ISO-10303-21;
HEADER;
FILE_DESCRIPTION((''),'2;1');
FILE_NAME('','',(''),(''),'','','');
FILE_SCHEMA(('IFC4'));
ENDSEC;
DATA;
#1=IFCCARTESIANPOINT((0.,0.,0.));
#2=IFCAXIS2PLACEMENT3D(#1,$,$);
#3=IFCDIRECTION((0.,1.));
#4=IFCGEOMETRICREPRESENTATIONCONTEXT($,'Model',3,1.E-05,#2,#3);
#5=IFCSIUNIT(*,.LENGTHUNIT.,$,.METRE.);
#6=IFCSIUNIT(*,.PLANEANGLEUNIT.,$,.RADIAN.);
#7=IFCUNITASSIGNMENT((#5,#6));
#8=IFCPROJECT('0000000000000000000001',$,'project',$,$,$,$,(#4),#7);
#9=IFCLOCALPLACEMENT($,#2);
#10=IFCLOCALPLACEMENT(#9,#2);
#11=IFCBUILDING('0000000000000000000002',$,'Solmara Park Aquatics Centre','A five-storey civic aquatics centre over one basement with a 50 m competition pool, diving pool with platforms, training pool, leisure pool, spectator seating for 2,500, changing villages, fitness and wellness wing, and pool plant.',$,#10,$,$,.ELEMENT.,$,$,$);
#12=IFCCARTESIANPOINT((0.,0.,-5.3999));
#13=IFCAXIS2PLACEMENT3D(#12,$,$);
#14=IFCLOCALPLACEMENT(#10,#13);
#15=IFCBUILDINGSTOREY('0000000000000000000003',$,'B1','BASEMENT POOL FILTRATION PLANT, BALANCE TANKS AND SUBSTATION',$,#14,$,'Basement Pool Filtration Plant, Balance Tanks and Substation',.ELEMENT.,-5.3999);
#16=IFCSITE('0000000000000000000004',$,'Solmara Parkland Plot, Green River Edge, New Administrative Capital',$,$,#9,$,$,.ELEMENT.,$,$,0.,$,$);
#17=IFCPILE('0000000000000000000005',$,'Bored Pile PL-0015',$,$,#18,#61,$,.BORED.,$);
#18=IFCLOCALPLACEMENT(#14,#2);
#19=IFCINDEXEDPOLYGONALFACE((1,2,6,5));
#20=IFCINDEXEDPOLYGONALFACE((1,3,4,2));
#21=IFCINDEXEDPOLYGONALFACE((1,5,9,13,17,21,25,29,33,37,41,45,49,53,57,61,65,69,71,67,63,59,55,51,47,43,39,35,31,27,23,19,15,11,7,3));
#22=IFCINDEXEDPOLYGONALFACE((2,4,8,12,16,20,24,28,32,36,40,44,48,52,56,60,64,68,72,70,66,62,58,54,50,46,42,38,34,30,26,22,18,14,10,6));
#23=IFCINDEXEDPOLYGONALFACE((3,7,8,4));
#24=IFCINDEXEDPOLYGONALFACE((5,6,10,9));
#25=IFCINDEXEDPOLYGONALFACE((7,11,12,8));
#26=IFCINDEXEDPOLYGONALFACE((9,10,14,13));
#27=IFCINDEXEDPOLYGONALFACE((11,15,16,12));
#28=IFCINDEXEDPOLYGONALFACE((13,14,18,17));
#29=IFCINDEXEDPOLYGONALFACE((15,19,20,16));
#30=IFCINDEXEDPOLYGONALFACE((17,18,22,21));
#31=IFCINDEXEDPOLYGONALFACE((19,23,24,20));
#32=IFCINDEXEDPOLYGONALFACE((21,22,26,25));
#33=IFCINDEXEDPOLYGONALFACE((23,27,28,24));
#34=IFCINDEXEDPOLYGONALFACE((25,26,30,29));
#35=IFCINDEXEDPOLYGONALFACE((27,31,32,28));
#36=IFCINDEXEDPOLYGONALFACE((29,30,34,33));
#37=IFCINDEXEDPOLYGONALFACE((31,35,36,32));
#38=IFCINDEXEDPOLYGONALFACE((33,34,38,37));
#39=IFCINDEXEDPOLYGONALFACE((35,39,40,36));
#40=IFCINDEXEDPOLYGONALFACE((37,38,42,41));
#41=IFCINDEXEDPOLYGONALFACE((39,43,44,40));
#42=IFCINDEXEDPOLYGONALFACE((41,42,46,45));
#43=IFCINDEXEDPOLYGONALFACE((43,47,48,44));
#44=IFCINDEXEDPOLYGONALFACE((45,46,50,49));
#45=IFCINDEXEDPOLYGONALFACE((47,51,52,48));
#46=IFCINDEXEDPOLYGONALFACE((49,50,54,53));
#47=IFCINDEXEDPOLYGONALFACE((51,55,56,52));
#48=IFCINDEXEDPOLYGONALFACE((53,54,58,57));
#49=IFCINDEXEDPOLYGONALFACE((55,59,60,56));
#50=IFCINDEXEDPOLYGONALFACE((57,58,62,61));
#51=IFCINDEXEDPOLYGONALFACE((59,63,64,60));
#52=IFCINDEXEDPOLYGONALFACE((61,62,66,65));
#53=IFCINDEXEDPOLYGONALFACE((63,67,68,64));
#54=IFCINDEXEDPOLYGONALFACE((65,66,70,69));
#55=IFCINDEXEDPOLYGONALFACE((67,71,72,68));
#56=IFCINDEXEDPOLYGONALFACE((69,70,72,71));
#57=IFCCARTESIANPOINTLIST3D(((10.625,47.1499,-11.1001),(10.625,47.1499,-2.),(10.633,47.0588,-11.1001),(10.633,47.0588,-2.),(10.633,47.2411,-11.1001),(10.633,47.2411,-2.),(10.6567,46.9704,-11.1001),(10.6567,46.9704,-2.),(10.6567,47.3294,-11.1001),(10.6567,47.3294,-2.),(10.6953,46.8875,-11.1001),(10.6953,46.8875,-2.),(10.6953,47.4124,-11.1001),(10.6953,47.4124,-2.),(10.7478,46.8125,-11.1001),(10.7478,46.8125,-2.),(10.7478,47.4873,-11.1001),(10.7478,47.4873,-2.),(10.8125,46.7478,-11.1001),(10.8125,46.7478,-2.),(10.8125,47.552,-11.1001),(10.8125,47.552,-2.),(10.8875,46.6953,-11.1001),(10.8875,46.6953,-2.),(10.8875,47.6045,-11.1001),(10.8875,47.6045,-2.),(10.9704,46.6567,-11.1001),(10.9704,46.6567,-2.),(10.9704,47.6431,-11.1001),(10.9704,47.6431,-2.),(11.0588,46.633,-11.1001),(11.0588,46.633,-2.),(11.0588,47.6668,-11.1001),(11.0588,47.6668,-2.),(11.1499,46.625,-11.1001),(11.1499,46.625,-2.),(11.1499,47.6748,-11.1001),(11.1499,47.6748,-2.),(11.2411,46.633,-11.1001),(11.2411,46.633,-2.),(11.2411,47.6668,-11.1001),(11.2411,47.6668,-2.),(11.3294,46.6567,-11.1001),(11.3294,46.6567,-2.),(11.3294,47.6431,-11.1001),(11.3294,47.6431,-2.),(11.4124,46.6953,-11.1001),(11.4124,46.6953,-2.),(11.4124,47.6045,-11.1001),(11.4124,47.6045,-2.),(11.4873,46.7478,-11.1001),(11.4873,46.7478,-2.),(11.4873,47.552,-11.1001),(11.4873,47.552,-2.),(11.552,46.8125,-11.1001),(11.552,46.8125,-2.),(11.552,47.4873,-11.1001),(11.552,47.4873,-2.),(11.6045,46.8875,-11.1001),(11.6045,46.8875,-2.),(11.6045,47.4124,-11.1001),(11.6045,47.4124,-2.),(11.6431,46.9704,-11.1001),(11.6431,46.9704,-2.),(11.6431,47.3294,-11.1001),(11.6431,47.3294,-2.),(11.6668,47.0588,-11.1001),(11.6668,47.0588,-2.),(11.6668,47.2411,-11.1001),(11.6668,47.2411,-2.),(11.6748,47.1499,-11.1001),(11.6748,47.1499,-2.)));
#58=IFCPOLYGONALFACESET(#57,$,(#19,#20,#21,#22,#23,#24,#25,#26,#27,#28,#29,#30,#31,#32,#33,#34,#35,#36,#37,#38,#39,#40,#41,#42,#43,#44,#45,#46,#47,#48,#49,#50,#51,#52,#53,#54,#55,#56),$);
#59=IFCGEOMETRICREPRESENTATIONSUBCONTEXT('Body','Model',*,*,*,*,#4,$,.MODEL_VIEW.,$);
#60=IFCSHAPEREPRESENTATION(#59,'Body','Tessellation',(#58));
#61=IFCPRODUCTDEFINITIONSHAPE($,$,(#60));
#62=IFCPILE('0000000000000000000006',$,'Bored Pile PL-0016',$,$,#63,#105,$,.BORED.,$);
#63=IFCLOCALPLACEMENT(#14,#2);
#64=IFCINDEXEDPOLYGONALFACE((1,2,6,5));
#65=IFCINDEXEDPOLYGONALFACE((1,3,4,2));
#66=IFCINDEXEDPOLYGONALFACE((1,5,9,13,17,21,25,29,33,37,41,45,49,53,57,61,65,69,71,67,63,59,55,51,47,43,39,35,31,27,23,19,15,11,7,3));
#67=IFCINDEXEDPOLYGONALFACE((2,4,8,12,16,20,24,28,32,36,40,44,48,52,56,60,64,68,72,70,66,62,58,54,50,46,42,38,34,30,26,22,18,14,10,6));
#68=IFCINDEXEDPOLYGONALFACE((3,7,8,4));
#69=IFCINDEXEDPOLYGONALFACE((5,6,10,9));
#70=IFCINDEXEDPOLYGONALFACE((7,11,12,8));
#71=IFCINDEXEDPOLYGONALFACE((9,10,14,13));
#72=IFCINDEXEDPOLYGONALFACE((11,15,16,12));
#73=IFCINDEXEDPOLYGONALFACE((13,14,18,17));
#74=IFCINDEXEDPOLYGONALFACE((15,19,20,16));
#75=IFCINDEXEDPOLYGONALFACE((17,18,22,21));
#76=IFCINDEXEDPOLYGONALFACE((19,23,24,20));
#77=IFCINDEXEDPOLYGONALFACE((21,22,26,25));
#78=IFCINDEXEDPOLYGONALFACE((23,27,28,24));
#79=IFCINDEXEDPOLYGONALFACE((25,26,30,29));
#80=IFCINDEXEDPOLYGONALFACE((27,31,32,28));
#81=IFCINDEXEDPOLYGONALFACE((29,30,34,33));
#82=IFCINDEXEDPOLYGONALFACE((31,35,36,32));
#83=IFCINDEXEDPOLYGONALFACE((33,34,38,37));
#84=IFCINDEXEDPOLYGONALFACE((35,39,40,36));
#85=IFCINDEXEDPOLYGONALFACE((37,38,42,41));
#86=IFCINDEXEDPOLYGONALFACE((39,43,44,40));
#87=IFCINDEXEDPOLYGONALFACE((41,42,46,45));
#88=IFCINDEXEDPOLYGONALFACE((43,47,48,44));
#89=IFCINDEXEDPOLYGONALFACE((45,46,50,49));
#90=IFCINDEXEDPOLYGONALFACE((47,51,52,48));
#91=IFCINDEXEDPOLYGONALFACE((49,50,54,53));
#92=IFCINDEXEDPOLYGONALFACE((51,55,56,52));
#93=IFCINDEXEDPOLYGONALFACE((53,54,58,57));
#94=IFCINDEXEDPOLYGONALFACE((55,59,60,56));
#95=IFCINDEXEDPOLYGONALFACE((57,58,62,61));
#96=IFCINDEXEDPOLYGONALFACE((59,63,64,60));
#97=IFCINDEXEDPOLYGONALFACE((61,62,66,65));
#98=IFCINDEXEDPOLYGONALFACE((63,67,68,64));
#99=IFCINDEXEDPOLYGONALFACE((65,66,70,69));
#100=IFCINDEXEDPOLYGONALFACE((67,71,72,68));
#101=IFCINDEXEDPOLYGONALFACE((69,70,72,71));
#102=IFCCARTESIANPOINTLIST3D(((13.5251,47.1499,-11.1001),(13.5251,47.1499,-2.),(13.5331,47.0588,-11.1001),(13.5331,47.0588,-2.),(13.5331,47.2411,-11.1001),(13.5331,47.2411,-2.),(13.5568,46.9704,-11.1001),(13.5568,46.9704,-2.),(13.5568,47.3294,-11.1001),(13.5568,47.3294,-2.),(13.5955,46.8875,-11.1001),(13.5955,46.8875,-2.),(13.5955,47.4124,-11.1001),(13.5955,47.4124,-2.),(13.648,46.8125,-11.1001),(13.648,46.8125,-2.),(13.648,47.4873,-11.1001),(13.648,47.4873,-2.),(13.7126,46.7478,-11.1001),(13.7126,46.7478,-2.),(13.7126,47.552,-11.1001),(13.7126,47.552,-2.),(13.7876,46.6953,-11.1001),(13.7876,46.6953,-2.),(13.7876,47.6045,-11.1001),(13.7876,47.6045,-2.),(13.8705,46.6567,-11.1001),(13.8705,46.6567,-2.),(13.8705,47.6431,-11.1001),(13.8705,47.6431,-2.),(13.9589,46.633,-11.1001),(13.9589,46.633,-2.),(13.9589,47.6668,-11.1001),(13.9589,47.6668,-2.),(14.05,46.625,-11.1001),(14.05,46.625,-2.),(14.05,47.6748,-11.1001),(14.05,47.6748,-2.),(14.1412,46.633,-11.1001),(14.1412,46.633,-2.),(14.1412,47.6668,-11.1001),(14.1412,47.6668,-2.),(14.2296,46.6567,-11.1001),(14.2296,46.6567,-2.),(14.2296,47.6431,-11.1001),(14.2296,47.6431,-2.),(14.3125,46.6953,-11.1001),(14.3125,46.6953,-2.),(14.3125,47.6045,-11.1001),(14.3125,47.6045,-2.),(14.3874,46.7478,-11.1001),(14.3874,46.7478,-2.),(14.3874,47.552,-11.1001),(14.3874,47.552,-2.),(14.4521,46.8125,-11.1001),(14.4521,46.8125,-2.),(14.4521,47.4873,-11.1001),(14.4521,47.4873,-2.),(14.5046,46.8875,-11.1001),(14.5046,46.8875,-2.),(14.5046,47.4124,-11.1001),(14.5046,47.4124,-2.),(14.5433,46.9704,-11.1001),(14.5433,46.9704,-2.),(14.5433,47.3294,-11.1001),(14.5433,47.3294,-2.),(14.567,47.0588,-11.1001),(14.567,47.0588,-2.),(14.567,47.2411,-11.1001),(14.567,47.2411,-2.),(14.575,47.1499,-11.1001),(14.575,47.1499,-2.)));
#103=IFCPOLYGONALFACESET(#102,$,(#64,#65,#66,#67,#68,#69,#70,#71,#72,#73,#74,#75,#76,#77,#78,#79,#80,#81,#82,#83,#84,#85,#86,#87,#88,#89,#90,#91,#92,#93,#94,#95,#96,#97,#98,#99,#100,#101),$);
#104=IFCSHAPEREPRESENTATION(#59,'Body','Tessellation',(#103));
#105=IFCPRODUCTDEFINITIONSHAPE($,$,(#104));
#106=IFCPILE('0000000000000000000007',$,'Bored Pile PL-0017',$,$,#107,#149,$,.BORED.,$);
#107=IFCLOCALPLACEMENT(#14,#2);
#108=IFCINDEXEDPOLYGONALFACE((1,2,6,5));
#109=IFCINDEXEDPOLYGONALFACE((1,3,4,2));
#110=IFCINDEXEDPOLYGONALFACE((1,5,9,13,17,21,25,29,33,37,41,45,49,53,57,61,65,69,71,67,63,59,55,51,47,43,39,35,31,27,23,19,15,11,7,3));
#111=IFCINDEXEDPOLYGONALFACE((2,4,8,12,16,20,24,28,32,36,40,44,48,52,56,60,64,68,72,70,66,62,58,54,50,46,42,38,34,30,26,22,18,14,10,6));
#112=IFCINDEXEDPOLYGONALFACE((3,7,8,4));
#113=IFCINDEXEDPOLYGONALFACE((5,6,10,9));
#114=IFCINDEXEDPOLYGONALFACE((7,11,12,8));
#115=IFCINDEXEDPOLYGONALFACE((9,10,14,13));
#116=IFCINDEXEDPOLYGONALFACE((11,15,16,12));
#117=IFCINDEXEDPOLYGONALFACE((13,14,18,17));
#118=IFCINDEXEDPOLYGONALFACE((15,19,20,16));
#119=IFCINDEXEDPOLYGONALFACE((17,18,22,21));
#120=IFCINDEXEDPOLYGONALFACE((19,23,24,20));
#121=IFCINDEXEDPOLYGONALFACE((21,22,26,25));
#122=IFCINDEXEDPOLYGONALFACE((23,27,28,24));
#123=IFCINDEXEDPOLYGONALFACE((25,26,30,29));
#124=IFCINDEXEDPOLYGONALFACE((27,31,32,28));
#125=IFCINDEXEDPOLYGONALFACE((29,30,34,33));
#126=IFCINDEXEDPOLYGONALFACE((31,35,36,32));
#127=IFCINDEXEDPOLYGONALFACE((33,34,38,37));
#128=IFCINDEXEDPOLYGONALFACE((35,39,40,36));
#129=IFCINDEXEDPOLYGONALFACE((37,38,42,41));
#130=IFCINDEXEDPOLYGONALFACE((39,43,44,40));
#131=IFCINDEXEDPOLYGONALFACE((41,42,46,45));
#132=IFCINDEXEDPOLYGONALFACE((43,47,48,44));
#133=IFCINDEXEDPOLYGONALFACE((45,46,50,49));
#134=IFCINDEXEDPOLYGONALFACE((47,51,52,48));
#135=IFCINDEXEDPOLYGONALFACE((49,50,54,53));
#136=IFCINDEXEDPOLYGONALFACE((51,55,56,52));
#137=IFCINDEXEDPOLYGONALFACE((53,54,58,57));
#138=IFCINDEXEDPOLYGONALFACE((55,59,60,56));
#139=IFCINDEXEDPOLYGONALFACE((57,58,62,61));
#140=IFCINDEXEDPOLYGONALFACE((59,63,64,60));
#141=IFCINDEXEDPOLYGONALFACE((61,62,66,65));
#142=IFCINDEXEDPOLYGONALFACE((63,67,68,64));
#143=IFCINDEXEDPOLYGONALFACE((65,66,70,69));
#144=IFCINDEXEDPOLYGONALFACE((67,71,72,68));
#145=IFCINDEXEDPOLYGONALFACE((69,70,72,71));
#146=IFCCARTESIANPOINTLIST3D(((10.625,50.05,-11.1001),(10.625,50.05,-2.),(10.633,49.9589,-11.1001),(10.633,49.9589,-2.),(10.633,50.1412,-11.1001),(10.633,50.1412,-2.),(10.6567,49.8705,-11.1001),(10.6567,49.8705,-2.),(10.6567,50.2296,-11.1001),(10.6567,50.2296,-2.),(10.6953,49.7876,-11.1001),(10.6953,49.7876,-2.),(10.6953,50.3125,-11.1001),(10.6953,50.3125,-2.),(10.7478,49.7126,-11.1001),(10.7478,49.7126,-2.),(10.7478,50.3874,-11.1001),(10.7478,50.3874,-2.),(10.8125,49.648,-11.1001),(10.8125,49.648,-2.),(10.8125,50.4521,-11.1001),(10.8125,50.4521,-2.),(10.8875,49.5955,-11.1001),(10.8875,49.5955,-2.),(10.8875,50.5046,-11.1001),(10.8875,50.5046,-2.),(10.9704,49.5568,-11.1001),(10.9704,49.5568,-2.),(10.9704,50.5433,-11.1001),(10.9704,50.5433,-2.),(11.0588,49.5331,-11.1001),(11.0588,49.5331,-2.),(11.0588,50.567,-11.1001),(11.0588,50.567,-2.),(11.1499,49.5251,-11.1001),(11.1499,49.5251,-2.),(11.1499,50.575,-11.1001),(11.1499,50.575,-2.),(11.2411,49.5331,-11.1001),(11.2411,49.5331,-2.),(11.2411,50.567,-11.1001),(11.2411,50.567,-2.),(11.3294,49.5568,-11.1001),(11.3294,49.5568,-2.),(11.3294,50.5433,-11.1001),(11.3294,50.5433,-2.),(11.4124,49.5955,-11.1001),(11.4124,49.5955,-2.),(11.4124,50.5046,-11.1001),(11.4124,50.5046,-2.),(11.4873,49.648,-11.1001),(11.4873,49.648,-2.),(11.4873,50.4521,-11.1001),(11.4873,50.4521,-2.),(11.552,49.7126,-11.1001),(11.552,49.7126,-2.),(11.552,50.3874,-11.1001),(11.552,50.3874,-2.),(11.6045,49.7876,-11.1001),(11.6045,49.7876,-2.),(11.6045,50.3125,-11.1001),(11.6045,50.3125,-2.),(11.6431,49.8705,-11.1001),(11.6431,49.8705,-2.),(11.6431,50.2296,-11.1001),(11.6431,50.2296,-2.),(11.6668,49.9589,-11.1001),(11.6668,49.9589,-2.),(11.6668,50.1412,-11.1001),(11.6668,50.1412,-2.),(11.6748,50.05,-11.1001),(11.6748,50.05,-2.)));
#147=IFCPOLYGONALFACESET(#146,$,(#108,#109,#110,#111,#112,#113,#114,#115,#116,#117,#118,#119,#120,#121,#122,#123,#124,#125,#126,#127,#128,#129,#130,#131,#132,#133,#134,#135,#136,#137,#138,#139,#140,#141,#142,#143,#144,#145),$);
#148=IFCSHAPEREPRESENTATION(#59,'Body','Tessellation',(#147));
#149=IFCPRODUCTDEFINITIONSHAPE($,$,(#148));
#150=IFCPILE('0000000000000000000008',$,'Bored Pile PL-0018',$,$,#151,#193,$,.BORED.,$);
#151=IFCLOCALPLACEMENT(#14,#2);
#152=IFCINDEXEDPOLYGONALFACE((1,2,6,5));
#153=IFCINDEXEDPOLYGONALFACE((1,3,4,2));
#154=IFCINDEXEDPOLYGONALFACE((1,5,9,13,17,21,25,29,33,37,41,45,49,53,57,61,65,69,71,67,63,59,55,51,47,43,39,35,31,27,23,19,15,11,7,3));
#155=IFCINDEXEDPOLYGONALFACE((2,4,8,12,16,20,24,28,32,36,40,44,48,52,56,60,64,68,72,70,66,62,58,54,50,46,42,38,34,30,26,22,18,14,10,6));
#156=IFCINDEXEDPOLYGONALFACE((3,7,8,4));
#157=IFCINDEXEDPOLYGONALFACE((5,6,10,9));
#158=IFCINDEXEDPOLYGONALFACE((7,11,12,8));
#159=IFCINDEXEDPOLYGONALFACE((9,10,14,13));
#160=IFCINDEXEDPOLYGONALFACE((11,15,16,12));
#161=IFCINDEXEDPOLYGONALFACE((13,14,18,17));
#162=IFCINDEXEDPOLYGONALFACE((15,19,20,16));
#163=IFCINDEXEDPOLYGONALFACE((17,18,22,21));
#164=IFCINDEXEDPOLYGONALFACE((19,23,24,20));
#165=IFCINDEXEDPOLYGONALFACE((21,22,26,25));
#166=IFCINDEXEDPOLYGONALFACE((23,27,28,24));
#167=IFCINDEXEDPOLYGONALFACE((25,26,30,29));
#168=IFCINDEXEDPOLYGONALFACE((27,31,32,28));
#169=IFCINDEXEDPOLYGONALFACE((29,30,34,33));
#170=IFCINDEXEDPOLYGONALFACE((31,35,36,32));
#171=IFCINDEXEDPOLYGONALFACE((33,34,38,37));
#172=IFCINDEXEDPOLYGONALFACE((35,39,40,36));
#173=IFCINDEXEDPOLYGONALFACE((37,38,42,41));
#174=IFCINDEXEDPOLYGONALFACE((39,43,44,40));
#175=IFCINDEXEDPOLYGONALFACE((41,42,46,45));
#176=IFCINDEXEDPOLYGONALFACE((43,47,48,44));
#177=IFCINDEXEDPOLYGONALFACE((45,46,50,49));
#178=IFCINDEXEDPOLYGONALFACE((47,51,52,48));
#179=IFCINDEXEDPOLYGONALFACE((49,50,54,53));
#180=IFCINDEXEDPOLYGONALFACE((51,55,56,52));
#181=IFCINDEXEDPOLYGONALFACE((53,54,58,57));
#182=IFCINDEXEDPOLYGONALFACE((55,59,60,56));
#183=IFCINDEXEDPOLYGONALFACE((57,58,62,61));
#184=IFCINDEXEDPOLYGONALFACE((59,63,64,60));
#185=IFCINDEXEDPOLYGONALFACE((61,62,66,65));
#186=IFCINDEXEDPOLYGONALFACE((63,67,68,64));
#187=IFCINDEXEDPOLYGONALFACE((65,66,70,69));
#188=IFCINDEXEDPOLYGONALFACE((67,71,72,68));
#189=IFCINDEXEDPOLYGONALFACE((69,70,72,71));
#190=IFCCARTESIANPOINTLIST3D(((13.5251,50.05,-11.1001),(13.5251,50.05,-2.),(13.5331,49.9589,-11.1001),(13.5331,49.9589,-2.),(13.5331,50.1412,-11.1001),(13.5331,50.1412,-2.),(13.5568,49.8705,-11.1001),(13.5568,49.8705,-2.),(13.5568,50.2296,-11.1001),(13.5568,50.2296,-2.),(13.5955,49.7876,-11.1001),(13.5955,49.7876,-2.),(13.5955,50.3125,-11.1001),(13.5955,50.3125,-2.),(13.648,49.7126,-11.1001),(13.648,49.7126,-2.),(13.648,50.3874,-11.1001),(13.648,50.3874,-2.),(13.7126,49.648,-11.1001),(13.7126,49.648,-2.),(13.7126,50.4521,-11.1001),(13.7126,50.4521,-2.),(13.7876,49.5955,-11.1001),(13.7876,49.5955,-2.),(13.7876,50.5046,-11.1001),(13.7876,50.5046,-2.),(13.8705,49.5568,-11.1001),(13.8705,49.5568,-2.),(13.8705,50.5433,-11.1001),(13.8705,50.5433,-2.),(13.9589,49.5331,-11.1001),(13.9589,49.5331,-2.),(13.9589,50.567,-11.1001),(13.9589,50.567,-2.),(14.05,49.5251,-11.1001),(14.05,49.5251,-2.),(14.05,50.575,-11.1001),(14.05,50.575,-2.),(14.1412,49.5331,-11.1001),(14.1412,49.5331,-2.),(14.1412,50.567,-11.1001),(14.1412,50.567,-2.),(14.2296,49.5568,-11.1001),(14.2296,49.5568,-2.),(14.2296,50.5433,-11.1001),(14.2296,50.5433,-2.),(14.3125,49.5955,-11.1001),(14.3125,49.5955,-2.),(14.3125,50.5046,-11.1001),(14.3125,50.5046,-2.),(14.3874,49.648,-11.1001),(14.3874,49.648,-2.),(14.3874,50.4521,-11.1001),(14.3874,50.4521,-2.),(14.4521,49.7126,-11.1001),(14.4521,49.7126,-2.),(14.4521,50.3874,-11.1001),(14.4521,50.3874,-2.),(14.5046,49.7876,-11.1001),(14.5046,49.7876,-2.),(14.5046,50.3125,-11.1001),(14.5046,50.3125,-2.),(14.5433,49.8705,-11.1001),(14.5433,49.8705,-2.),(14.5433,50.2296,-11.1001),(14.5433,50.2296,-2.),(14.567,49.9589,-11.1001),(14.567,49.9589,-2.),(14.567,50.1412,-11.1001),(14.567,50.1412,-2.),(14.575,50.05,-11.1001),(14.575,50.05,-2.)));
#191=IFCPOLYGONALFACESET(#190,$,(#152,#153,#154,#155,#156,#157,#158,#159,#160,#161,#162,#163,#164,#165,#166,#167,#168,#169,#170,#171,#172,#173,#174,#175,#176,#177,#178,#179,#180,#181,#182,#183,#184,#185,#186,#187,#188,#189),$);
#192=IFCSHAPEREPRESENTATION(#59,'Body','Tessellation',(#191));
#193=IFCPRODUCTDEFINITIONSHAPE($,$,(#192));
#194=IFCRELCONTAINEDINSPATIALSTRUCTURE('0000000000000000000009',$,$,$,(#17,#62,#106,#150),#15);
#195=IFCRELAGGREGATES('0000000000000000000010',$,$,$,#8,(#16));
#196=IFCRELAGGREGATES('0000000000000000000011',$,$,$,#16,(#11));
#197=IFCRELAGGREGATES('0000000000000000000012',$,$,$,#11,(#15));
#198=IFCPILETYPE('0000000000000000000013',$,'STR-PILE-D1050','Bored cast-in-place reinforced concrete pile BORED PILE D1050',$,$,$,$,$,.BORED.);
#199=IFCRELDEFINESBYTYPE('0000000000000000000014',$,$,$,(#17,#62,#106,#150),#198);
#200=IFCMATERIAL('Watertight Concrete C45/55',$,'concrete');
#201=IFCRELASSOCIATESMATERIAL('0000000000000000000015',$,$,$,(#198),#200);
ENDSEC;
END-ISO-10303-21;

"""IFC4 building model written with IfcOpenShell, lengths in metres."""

from ifc_helpers import new_model, si_unit, direction, frame, origin, origin_2d, place, context, subcontext, project, spatial, circle, extrude, material, material_profile, profile_set, type_object, element, save


model = new_model("IFC4")

# Units and contexts
model_context = context("Model", 3, precision=1e-05, world=origin(), true_north=direction((0.0, 1.0)))
body_context = subcontext(model_context, "Body", "Model", "MODEL_VIEW")
ifc_project = project(units=[si_unit("LENGTHUNIT", "METRE"), si_unit("PLANEANGLEUNIT", "RADIAN")], contexts=[model_context])

# Site, building, storey
site_placement = place(None, origin())
site = spatial("IfcSite", under=ifc_project, at=site_placement, Name="Solmara Parkland Plot, Green River Edge, New Administrative Capital", CompositionType="ELEMENT", RefElevation=0.0)
building_placement = place(site_placement, origin())
building = spatial("IfcBuilding", under=site, at=building_placement, Name="Solmara Park Aquatics Centre", Description="A five-storey civic aquatics centre over one basement with a 50 m competition pool, diving pool with platforms, training pool, leisure pool, spectator seating for 2,500, changing villages, fitness and wellness wing, and pool plant.", CompositionType="ELEMENT")
storey_placement = place(building_placement, frame((0.0, 0.0, -5.3999)))
storey = spatial("IfcBuildingStorey", under=building, at=storey_placement, Name="B1", Description="BASEMENT POOL FILTRATION PLANT, BALANCE TANKS AND SUBSTATION", LongName="Basement Pool Filtration Plant, Balance Tanks and Substation", CompositionType="ELEMENT", Elevation=-5.3999)

# Shared definitions
ifc_material_1 = material(Name="Watertight Concrete C45/55", Category="concrete")

# Piles
ifc_material_profile_1 = material_profile(ifc_material_1, circle(Radius=0.5249, at=origin_2d()), Name="BORED PILE D1050")
ifc_profile_set_1 = profile_set([ifc_material_profile_1], Name="Watertight Concrete C45/55")
pile_type_1 = type_object("IfcPileType", Name="STR-PILE-D1050", Description="Bored cast-in-place reinforced concrete pile BORED PILE D1050", PredefinedType="BORED", material=ifc_profile_set_1)
for number, where, z_axis, x_axis, name in (
    (1, (11.1499, 47.1499, -2.0), (0.0, 0.0, -1.0), (1.0, 0.0, 0.0), "Bored Pile PL-0015"),
    (2, (14.05, 47.1499, -2.0), (0.0, 0.0, -1.0), (1.0, 0.0, 0.0), "Bored Pile PL-0016"),
    (3, (11.1499, 50.05, -2.0), (0.0, 0.0, -1.0), (1.0, 0.0, 0.0), "Bored Pile PL-0017"),
    (4, (14.05, 50.05, -2.0), (0.0, 0.0, -1.0), (1.0, 0.0, 0.0), "Bored Pile PL-0018"),
):
    element("IfcPile", number, at=place(storey_placement, frame(where, z_axis=z_axis, x_axis=x_axis)), inside=storey, type_object=pile_type_1, Name=name, PredefinedType="BORED", context=body_context, shape_type="SweptSolid", body=[
        extrude(circle(Radius=0.5249, at=origin_2d()), origin(), (0.0, 0.0, 1.0), 9.1001),
    ])

save(model, "model.ifc")
